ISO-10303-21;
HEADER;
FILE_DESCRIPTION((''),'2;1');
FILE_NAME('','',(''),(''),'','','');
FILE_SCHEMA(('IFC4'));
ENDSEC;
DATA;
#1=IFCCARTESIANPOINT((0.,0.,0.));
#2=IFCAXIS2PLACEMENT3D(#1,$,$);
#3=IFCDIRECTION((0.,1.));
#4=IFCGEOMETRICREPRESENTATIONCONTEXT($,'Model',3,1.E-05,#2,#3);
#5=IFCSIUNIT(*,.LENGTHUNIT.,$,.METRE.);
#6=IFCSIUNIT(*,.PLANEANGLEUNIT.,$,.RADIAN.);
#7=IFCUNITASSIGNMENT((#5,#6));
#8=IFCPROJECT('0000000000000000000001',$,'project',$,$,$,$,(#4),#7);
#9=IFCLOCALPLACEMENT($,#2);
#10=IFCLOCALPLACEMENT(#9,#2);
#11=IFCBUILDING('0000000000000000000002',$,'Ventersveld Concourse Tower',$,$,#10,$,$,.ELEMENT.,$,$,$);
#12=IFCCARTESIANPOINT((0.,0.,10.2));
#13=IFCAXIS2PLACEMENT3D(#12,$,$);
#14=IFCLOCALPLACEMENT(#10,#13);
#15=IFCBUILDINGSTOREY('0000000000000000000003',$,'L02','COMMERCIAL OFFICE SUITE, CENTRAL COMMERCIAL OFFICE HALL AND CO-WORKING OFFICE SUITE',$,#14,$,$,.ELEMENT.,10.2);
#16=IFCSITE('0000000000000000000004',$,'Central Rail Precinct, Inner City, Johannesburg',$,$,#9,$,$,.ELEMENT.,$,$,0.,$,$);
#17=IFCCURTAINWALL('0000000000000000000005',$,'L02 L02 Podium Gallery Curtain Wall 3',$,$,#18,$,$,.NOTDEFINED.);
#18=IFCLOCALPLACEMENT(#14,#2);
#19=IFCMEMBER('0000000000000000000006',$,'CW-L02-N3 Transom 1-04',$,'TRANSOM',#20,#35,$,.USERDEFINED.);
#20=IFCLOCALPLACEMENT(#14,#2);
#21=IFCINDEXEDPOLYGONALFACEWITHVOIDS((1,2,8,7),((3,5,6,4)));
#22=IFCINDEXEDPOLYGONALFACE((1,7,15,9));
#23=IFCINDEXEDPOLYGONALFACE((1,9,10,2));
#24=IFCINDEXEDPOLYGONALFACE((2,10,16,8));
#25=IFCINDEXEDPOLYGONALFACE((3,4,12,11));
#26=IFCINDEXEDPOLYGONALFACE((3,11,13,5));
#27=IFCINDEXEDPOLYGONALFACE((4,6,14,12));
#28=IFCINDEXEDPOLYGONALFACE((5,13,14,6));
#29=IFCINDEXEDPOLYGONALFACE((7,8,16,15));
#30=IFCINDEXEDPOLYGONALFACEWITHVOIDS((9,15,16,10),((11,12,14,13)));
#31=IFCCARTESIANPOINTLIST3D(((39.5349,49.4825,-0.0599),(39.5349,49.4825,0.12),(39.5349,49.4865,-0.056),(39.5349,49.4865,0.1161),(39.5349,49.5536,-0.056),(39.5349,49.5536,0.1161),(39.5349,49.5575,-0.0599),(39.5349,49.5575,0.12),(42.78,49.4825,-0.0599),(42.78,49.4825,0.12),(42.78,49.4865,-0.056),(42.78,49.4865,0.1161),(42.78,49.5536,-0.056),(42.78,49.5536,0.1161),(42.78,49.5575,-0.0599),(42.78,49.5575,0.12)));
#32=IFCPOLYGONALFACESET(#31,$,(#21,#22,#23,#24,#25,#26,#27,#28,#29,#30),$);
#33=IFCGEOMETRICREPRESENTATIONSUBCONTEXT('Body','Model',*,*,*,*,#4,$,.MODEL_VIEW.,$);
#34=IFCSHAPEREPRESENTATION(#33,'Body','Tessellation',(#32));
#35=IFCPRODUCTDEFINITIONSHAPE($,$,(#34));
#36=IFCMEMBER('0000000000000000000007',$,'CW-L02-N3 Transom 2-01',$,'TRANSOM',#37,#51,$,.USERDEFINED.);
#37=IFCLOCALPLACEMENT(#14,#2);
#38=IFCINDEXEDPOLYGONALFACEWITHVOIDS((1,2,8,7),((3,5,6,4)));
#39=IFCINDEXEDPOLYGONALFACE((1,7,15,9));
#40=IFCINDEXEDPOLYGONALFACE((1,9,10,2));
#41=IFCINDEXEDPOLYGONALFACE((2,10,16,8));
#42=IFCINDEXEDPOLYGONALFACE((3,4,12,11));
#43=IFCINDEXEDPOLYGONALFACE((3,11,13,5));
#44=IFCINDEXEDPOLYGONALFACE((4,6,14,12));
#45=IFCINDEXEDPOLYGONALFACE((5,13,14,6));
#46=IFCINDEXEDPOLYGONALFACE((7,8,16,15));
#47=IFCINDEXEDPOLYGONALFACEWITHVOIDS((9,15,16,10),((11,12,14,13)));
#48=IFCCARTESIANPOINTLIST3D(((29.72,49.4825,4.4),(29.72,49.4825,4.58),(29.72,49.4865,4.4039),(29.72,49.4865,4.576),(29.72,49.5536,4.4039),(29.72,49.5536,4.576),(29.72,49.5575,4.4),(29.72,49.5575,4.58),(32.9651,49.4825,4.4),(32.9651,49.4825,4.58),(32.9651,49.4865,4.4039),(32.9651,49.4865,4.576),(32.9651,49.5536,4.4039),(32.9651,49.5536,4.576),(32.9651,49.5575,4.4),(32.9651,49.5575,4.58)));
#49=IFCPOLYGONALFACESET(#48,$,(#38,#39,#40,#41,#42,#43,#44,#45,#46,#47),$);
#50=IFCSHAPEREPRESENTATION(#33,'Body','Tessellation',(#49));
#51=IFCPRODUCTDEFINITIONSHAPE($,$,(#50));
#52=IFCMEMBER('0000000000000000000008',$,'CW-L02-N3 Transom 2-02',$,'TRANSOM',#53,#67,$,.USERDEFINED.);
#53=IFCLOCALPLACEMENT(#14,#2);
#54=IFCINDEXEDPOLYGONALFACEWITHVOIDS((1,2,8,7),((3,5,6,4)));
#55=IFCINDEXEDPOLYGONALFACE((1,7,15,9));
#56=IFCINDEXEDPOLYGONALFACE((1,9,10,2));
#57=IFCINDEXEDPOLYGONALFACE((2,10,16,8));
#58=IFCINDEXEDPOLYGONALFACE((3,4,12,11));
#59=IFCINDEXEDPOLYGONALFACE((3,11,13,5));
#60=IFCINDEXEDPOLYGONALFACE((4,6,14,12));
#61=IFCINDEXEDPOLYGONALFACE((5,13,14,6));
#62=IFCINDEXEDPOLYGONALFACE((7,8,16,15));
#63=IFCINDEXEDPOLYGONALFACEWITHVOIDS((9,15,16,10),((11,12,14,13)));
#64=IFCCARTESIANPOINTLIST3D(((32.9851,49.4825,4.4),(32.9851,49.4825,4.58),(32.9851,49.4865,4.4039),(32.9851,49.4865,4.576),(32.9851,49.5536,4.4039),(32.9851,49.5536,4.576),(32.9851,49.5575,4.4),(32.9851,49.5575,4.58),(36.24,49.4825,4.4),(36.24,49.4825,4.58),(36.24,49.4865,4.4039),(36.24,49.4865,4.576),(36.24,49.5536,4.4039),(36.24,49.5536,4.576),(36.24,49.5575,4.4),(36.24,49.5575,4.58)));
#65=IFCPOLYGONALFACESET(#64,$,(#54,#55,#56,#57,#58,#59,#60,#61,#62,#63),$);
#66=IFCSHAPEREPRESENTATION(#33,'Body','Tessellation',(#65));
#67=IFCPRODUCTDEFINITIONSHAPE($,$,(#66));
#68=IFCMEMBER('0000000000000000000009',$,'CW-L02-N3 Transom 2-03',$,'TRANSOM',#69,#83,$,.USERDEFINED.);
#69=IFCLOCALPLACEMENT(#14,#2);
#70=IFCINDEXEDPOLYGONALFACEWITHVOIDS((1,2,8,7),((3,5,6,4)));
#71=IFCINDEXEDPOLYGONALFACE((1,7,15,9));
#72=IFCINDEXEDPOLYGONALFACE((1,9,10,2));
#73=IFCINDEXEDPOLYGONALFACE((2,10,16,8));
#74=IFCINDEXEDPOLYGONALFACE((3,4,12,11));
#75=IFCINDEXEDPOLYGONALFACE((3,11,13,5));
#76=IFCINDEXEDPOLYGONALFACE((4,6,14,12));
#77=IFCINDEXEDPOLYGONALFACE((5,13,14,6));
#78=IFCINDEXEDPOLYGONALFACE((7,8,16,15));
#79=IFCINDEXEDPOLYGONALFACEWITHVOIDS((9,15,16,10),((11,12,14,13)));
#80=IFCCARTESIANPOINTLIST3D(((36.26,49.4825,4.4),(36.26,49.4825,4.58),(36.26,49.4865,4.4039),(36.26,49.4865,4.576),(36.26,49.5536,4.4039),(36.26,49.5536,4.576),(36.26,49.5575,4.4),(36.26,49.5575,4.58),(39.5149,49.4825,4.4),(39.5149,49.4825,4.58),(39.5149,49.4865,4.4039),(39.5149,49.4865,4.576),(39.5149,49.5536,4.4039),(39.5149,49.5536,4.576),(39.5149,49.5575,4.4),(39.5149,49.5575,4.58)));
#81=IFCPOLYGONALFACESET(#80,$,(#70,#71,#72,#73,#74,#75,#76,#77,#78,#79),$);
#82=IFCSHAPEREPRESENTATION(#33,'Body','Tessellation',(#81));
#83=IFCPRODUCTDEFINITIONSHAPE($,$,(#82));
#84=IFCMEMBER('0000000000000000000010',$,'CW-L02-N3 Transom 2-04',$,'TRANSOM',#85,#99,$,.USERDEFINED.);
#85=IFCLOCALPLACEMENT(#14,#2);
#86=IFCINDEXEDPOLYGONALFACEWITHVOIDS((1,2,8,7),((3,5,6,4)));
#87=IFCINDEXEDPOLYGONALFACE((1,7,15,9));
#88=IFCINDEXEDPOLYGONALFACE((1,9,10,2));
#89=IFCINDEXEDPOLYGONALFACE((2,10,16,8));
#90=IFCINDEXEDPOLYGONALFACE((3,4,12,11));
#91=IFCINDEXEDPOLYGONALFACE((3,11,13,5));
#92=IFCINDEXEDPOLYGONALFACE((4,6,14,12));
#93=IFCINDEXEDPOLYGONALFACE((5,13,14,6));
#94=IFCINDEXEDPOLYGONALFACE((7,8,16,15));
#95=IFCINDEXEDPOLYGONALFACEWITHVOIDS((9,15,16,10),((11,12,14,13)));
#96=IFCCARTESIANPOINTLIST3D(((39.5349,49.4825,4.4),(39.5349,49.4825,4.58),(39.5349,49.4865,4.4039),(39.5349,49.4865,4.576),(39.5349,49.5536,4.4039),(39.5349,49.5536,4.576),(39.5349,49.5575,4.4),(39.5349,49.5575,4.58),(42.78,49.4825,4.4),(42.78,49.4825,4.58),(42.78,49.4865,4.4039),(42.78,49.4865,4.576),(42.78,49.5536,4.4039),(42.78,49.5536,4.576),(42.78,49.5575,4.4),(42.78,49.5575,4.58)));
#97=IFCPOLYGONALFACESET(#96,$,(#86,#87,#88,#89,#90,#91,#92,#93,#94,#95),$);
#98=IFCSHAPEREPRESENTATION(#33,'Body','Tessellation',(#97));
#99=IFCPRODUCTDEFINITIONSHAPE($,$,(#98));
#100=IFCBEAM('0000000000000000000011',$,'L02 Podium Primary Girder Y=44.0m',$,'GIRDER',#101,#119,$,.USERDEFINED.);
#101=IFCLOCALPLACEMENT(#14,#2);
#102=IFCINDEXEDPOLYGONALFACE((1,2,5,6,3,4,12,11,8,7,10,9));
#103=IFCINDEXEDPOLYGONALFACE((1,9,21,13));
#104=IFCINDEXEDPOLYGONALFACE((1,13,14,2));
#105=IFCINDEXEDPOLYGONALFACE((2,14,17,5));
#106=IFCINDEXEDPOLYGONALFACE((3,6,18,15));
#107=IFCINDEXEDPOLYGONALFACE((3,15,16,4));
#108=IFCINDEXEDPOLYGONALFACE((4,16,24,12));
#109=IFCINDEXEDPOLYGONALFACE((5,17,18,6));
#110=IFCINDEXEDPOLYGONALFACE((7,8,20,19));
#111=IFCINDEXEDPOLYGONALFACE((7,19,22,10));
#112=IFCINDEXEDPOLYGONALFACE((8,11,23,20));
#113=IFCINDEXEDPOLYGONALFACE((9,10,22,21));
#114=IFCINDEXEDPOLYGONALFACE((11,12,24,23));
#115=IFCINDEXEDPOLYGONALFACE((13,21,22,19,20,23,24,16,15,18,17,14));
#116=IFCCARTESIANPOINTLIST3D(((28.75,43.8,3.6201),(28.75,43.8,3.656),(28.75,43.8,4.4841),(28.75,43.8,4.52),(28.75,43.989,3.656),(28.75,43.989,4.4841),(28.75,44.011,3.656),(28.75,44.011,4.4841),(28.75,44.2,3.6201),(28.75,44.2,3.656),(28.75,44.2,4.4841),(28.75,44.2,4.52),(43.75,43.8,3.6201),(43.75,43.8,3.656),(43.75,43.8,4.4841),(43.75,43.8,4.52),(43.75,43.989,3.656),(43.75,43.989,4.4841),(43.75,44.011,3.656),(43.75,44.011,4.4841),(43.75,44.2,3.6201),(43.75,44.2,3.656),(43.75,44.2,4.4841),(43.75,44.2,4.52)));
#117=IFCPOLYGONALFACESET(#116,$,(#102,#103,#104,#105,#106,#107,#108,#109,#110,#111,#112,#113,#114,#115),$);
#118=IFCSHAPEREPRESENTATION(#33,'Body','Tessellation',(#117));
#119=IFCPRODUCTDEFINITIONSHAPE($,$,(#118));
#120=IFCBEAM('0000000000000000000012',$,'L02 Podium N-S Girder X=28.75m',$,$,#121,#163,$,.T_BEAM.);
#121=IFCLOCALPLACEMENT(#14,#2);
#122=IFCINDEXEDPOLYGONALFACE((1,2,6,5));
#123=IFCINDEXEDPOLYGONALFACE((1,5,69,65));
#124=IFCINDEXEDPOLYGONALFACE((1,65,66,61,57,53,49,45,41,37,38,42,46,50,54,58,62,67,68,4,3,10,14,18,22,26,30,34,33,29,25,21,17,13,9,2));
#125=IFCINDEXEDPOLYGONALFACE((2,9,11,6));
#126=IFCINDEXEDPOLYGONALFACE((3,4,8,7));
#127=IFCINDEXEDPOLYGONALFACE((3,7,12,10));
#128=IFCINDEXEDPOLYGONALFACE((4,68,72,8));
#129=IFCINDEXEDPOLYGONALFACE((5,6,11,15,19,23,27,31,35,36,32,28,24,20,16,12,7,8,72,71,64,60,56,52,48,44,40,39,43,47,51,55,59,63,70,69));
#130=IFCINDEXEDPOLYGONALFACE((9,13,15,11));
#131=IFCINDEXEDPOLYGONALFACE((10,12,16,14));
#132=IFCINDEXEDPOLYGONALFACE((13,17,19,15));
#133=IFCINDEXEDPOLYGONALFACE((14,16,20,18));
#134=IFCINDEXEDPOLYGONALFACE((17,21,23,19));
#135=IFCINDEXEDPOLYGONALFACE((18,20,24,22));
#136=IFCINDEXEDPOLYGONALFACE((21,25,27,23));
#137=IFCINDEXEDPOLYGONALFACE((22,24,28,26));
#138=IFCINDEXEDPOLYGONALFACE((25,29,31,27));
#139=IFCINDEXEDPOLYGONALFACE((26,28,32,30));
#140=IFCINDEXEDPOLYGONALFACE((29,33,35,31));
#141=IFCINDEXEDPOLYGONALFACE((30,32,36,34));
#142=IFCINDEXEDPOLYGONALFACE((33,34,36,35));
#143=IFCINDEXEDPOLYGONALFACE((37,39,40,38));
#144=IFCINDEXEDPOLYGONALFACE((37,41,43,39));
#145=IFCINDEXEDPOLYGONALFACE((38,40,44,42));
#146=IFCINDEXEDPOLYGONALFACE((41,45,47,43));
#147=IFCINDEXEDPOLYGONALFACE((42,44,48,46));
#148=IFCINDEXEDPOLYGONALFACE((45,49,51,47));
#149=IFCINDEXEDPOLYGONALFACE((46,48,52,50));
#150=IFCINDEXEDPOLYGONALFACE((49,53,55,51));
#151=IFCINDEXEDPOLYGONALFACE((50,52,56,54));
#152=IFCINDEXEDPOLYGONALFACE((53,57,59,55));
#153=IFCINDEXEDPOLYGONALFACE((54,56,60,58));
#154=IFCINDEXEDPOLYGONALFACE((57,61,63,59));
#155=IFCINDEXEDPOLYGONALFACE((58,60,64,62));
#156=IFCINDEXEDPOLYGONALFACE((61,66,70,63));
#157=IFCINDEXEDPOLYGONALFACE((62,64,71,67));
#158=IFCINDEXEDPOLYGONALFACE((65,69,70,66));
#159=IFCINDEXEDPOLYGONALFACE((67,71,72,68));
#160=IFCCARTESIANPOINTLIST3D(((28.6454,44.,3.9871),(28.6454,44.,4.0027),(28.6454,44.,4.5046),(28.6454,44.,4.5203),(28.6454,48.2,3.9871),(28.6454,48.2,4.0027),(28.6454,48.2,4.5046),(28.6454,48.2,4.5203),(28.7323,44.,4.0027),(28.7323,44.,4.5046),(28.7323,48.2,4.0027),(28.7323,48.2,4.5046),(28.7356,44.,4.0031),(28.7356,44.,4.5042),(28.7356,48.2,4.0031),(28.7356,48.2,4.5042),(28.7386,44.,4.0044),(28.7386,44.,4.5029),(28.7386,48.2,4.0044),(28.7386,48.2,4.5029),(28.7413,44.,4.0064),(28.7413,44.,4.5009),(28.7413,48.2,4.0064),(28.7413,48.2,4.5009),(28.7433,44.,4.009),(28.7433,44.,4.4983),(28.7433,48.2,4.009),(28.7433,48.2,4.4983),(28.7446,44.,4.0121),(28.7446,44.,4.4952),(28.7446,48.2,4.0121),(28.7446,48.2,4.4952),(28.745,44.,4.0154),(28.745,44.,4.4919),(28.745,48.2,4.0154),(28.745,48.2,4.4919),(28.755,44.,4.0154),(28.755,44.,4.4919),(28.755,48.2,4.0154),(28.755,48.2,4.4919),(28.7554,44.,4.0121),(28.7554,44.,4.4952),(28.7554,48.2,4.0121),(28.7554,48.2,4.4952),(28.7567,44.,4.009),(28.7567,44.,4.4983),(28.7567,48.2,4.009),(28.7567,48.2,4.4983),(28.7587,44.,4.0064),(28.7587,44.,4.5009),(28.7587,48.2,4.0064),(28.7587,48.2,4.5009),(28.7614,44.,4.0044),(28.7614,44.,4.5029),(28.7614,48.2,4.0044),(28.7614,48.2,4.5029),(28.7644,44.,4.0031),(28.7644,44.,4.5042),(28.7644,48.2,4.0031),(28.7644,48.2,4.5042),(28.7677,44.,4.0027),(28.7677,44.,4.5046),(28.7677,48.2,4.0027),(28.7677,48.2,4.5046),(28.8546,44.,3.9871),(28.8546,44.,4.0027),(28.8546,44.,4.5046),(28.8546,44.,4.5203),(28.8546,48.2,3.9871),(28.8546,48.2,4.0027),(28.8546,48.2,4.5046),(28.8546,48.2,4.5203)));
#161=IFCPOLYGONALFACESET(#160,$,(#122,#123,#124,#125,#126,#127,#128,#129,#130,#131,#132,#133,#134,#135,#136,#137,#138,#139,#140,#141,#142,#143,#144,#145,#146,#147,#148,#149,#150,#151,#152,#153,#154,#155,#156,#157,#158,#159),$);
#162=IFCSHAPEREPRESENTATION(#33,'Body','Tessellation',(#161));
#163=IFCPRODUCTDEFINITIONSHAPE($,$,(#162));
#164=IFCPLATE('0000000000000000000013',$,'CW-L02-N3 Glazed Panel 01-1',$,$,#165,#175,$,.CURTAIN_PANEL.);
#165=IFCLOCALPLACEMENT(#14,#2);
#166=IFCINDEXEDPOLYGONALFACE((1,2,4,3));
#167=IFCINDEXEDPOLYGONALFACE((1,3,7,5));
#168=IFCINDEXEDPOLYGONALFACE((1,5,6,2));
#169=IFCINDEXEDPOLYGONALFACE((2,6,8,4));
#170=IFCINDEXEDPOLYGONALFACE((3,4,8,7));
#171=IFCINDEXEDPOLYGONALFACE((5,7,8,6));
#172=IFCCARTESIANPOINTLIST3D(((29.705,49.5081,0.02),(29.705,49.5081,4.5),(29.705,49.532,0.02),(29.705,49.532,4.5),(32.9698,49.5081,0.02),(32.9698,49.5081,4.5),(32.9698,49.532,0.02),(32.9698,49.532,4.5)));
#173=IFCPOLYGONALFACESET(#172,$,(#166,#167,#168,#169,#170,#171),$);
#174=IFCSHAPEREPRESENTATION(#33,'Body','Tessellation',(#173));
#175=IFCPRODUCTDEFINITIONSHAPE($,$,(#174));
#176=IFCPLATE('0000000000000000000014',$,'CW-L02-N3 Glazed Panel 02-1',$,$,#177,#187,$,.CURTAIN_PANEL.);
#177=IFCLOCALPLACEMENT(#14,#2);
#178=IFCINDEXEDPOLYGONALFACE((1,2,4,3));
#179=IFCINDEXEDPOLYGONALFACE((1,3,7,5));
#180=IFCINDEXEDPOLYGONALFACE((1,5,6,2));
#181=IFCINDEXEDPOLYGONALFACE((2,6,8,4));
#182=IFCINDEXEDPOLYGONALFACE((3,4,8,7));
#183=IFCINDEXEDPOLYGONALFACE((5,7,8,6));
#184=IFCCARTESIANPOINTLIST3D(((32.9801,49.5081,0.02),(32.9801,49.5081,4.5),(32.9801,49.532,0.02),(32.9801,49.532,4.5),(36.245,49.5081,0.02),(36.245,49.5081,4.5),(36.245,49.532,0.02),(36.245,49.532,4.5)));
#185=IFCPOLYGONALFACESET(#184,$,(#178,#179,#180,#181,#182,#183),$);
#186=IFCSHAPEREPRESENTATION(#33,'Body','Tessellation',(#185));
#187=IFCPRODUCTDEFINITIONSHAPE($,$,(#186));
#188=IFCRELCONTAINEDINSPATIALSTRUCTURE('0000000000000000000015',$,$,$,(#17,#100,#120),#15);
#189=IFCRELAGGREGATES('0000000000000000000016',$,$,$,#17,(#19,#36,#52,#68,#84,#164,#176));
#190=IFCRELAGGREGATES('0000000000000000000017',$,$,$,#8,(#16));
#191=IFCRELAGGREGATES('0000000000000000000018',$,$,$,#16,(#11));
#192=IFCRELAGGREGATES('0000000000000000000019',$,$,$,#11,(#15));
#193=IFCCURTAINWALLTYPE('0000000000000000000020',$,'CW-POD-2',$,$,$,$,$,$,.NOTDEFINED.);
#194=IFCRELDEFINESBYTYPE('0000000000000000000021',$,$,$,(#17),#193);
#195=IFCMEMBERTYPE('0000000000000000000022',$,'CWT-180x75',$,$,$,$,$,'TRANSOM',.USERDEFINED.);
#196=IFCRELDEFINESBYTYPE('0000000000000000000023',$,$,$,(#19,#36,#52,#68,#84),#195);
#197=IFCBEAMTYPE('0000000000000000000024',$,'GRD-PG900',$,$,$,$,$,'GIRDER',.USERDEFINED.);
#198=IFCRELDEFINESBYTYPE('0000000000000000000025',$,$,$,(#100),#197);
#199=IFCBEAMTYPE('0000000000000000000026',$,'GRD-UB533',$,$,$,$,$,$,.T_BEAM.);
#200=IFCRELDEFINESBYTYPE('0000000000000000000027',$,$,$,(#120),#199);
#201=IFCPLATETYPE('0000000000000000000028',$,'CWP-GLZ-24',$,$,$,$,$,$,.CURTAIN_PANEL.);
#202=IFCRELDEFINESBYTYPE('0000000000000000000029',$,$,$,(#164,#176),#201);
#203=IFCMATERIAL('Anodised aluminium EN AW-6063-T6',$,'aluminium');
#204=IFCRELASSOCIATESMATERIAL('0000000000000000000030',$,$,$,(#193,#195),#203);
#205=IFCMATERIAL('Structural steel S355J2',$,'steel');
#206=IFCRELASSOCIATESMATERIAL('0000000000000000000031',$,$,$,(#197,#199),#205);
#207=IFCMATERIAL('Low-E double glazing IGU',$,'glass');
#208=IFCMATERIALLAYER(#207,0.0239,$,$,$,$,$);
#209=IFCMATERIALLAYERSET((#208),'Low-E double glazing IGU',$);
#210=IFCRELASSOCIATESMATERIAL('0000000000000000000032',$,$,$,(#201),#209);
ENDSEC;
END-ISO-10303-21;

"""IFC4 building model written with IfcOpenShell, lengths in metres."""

from ifc_helpers import new_model, si_unit, direction, frame, origin, origin_2d, place, context, subcontext, project, spatial, rectangle, hollow_rectangle, i_section, extrude, material, layer, layer_set, material_profile, profile_set, type_object, element, aggregate, save


model = new_model("IFC4")

# Units and contexts
model_context = context("Model", 3, precision=1e-05, world=origin(), true_north=direction((0.0, 1.0)))
body_context = subcontext(model_context, "Body", "Model", "MODEL_VIEW")
ifc_project = project(units=[si_unit("LENGTHUNIT", "METRE"), si_unit("PLANEANGLEUNIT", "RADIAN")], contexts=[model_context])

# Site, building, storey
site_placement = place(None, origin())
site = spatial("IfcSite", under=ifc_project, at=site_placement, Name="Central Rail Precinct, Inner City, Johannesburg", CompositionType="ELEMENT", RefElevation=0.0)
building_placement = place(site_placement, origin())
building = spatial("IfcBuilding", under=site, at=building_placement, Name="Ventersveld Concourse Tower", CompositionType="ELEMENT")
storey_placement = place(building_placement, frame((0.0, 0.0, 10.2)))
storey = spatial("IfcBuildingStorey", under=building, at=storey_placement, Name="L02", Description="COMMERCIAL OFFICE SUITE, CENTRAL COMMERCIAL OFFICE HALL AND CO-WORKING OFFICE SUITE", CompositionType="ELEMENT", Elevation=10.2)

# Curtain wall, members
ifc_material_1 = material(Name="Anodised aluminium EN AW-6063-T6", Category="aluminium")
curtain_wall_type = type_object("IfcCurtainWallType", Name="CW-POD-2", PredefinedType="NOTDEFINED", material=ifc_material_1)
curtain_wall_placement = place(storey_placement, origin())
curtain_wall = element("IfcCurtainWall", 1, at=curtain_wall_placement, inside=storey, type_object=curtain_wall_type, Name="L02 L02 Podium Gallery Curtain Wall 3", PredefinedType="NOTDEFINED")
ifc_material_profile_1 = material_profile(ifc_material_1, hollow_rectangle(XDim=0.075, YDim=0.1799, WallThickness=0.0039, at=origin_2d()), Name="ALU 180x75x4")
ifc_profile_set_1 = profile_set([ifc_material_profile_1], Name="Anodised aluminium EN AW-6063-T6")
member_type_1 = type_object("IfcMemberType", Name="CWT-180x75", ElementType="TRANSOM", PredefinedType="USERDEFINED", material=ifc_profile_set_1)
member_1_placement = place(storey_placement, frame((39.5349, 49.52, 0.03), z_axis=(1.0, 0.0, 0.0), x_axis=(0.0, 1.0, 0.0)))
member_1 = element("IfcMember", 2, at=member_1_placement, type_object=member_type_1, Name="CW-L02-N3 Transom 1-04", ObjectType="TRANSOM", PredefinedType="USERDEFINED", context=body_context, shape_type="SweptSolid", body=[
    extrude(hollow_rectangle(XDim=0.075, YDim=0.1799, WallThickness=0.0039, at=origin_2d()), origin(), (0.0, 0.0, 1.0), 3.2451),
])
member_2_placement = place(storey_placement, frame((29.72, 49.52, 4.49), z_axis=(1.0, 0.0, 0.0), x_axis=(0.0, 1.0, 0.0)))
member_2 = element("IfcMember", 3, at=member_2_placement, type_object=member_type_1, Name="CW-L02-N3 Transom 2-01", ObjectType="TRANSOM", PredefinedType="USERDEFINED", context=body_context, shape_type="SweptSolid", body=[
    extrude(hollow_rectangle(XDim=0.075, YDim=0.1799, WallThickness=0.0039, at=origin_2d()), origin(), (0.0, 0.0, 1.0), 3.2451),
])
member_3_placement = place(storey_placement, frame((32.9851, 49.52, 4.49), z_axis=(1.0, 0.0, 0.0), x_axis=(0.0, 1.0, 0.0)))
member_3 = element("IfcMember", 4, at=member_3_placement, type_object=member_type_1, Name="CW-L02-N3 Transom 2-02", ObjectType="TRANSOM", PredefinedType="USERDEFINED", context=body_context, shape_type="SweptSolid", body=[
    extrude(hollow_rectangle(XDim=0.075, YDim=0.1799, WallThickness=0.0039, at=origin_2d()), origin(), (0.0, 0.0, 1.0), 3.2549),
])
member_4_placement = place(storey_placement, frame((36.26, 49.52, 4.49), z_axis=(1.0, 0.0, 0.0), x_axis=(0.0, 1.0, 0.0)))
member_4 = element("IfcMember", 5, at=member_4_placement, type_object=member_type_1, Name="CW-L02-N3 Transom 2-03", ObjectType="TRANSOM", PredefinedType="USERDEFINED", context=body_context, shape_type="SweptSolid", body=[
    extrude(hollow_rectangle(XDim=0.075, YDim=0.1799, WallThickness=0.0039, at=origin_2d()), origin(), (0.0, 0.0, 1.0), 3.2549),
])
member_5_placement = place(storey_placement, frame((39.5349, 49.52, 4.49), z_axis=(1.0, 0.0, 0.0), x_axis=(0.0, 1.0, 0.0)))
member_5 = element("IfcMember", 6, at=member_5_placement, type_object=member_type_1, Name="CW-L02-N3 Transom 2-04", ObjectType="TRANSOM", PredefinedType="USERDEFINED", context=body_context, shape_type="SweptSolid", body=[
    extrude(hollow_rectangle(XDim=0.075, YDim=0.1799, WallThickness=0.0039, at=origin_2d()), origin(), (0.0, 0.0, 1.0), 3.2451),
])

# Beams
ifc_material_2 = material(Name="Structural steel S355J2", Category="steel")
ifc_material_profile_2 = material_profile(ifc_material_2, i_section(OverallWidth=0.3999, OverallDepth=0.8999, WebThickness=0.022, FlangeThickness=0.0359, at=origin_2d()), Name="PG 900x400x36")
ifc_profile_set_2 = profile_set([ifc_material_profile_2], Name="Structural steel S355J2")
beam_type_1 = type_object("IfcBeamType", Name="GRD-PG900", ElementType="GIRDER", PredefinedType="USERDEFINED", material=ifc_profile_set_2)
beam_1_placement = place(storey_placement, frame((28.75, 44.0, 4.0701), z_axis=(1.0, 0.0, 0.0), x_axis=(0.0, 1.0, 0.0)))
element("IfcBeam", 7, at=beam_1_placement, inside=storey, type_object=beam_type_1, Name="L02 Podium Primary Girder Y=44.0m", ObjectType="GIRDER", PredefinedType="USERDEFINED", context=body_context, shape_type="SweptSolid", body=[
    extrude(i_section(OverallWidth=0.3999, OverallDepth=0.8999, WebThickness=0.022, FlangeThickness=0.0359, at=origin_2d()), origin(), (0.0, 0.0, 1.0), 15.0),
])
ifc_material_profile_3 = material_profile(ifc_material_2, i_section(OverallWidth=0.2092, OverallDepth=0.5332, WebThickness=0.01, FlangeThickness=0.0156, FilletRadius=0.0127, at=origin_2d()), Name="UB 533x210x92")
ifc_profile_set_3 = profile_set([ifc_material_profile_3], Name="Structural steel S355J2")
beam_type_2 = type_object("IfcBeamType", Name="GRD-UB533", PredefinedType="T_BEAM", material=ifc_profile_set_3)
beam_2_placement = place(storey_placement, frame((28.75, 44.0, 4.2537), z_axis=(0.0, 1.0, 0.0), x_axis=(-1.0, 0.0, 0.0)))
element("IfcBeam", 8, at=beam_2_placement, inside=storey, type_object=beam_type_2, Name="L02 Podium N-S Girder X=28.75m", PredefinedType="T_BEAM", context=body_context, shape_type="SweptSolid", body=[
    extrude(i_section(OverallWidth=0.2092, OverallDepth=0.5332, WebThickness=0.01, FlangeThickness=0.0156, FilletRadius=0.0127, at=origin_2d()), origin(), (0.0, 0.0, 1.0), 4.2),
])

# Plates
ifc_material_3 = material(Name="Low-E double glazing IGU", Category="glass")
ifc_layer_1 = layer(ifc_material_3, 0.0239)
ifc_layer_set_1 = layer_set([ifc_layer_1], Name="Low-E double glazing IGU")
plate_type = type_object("IfcPlateType", Name="CWP-GLZ-24", PredefinedType="CURTAIN_PANEL", material=ifc_layer_set_1)
plate_1_placement = place(storey_placement, frame((31.3374, 49.52, 0.02), z_axis=(0.0, 0.0, 1.0), x_axis=(1.0, 0.0, 0.0)))
plate_1 = element("IfcPlate", 9, at=plate_1_placement, type_object=plate_type, Name="CW-L02-N3 Glazed Panel 01-1", PredefinedType="CURTAIN_PANEL", context=body_context, shape_type="SweptSolid", body=[
    extrude(rectangle(XDim=3.2649, YDim=0.0239, at=origin_2d()), origin(), (0.0, 0.0, 1.0), 4.48),
])
plate_2_placement = place(storey_placement, frame((34.6125, 49.52, 0.02), z_axis=(0.0, 0.0, 1.0), x_axis=(1.0, 0.0, 0.0)))
plate_2 = element("IfcPlate", 10, at=plate_2_placement, type_object=plate_type, Name="CW-L02-N3 Glazed Panel 02-1", PredefinedType="CURTAIN_PANEL", context=body_context, shape_type="SweptSolid", body=[
    extrude(rectangle(XDim=3.2649, YDim=0.0239, at=origin_2d()), origin(), (0.0, 0.0, 1.0), 4.48),
])
aggregate(curtain_wall, [member_1, member_2, member_3, member_4, member_5, plate_1, plate_2])

save(model, "model.ifc")
